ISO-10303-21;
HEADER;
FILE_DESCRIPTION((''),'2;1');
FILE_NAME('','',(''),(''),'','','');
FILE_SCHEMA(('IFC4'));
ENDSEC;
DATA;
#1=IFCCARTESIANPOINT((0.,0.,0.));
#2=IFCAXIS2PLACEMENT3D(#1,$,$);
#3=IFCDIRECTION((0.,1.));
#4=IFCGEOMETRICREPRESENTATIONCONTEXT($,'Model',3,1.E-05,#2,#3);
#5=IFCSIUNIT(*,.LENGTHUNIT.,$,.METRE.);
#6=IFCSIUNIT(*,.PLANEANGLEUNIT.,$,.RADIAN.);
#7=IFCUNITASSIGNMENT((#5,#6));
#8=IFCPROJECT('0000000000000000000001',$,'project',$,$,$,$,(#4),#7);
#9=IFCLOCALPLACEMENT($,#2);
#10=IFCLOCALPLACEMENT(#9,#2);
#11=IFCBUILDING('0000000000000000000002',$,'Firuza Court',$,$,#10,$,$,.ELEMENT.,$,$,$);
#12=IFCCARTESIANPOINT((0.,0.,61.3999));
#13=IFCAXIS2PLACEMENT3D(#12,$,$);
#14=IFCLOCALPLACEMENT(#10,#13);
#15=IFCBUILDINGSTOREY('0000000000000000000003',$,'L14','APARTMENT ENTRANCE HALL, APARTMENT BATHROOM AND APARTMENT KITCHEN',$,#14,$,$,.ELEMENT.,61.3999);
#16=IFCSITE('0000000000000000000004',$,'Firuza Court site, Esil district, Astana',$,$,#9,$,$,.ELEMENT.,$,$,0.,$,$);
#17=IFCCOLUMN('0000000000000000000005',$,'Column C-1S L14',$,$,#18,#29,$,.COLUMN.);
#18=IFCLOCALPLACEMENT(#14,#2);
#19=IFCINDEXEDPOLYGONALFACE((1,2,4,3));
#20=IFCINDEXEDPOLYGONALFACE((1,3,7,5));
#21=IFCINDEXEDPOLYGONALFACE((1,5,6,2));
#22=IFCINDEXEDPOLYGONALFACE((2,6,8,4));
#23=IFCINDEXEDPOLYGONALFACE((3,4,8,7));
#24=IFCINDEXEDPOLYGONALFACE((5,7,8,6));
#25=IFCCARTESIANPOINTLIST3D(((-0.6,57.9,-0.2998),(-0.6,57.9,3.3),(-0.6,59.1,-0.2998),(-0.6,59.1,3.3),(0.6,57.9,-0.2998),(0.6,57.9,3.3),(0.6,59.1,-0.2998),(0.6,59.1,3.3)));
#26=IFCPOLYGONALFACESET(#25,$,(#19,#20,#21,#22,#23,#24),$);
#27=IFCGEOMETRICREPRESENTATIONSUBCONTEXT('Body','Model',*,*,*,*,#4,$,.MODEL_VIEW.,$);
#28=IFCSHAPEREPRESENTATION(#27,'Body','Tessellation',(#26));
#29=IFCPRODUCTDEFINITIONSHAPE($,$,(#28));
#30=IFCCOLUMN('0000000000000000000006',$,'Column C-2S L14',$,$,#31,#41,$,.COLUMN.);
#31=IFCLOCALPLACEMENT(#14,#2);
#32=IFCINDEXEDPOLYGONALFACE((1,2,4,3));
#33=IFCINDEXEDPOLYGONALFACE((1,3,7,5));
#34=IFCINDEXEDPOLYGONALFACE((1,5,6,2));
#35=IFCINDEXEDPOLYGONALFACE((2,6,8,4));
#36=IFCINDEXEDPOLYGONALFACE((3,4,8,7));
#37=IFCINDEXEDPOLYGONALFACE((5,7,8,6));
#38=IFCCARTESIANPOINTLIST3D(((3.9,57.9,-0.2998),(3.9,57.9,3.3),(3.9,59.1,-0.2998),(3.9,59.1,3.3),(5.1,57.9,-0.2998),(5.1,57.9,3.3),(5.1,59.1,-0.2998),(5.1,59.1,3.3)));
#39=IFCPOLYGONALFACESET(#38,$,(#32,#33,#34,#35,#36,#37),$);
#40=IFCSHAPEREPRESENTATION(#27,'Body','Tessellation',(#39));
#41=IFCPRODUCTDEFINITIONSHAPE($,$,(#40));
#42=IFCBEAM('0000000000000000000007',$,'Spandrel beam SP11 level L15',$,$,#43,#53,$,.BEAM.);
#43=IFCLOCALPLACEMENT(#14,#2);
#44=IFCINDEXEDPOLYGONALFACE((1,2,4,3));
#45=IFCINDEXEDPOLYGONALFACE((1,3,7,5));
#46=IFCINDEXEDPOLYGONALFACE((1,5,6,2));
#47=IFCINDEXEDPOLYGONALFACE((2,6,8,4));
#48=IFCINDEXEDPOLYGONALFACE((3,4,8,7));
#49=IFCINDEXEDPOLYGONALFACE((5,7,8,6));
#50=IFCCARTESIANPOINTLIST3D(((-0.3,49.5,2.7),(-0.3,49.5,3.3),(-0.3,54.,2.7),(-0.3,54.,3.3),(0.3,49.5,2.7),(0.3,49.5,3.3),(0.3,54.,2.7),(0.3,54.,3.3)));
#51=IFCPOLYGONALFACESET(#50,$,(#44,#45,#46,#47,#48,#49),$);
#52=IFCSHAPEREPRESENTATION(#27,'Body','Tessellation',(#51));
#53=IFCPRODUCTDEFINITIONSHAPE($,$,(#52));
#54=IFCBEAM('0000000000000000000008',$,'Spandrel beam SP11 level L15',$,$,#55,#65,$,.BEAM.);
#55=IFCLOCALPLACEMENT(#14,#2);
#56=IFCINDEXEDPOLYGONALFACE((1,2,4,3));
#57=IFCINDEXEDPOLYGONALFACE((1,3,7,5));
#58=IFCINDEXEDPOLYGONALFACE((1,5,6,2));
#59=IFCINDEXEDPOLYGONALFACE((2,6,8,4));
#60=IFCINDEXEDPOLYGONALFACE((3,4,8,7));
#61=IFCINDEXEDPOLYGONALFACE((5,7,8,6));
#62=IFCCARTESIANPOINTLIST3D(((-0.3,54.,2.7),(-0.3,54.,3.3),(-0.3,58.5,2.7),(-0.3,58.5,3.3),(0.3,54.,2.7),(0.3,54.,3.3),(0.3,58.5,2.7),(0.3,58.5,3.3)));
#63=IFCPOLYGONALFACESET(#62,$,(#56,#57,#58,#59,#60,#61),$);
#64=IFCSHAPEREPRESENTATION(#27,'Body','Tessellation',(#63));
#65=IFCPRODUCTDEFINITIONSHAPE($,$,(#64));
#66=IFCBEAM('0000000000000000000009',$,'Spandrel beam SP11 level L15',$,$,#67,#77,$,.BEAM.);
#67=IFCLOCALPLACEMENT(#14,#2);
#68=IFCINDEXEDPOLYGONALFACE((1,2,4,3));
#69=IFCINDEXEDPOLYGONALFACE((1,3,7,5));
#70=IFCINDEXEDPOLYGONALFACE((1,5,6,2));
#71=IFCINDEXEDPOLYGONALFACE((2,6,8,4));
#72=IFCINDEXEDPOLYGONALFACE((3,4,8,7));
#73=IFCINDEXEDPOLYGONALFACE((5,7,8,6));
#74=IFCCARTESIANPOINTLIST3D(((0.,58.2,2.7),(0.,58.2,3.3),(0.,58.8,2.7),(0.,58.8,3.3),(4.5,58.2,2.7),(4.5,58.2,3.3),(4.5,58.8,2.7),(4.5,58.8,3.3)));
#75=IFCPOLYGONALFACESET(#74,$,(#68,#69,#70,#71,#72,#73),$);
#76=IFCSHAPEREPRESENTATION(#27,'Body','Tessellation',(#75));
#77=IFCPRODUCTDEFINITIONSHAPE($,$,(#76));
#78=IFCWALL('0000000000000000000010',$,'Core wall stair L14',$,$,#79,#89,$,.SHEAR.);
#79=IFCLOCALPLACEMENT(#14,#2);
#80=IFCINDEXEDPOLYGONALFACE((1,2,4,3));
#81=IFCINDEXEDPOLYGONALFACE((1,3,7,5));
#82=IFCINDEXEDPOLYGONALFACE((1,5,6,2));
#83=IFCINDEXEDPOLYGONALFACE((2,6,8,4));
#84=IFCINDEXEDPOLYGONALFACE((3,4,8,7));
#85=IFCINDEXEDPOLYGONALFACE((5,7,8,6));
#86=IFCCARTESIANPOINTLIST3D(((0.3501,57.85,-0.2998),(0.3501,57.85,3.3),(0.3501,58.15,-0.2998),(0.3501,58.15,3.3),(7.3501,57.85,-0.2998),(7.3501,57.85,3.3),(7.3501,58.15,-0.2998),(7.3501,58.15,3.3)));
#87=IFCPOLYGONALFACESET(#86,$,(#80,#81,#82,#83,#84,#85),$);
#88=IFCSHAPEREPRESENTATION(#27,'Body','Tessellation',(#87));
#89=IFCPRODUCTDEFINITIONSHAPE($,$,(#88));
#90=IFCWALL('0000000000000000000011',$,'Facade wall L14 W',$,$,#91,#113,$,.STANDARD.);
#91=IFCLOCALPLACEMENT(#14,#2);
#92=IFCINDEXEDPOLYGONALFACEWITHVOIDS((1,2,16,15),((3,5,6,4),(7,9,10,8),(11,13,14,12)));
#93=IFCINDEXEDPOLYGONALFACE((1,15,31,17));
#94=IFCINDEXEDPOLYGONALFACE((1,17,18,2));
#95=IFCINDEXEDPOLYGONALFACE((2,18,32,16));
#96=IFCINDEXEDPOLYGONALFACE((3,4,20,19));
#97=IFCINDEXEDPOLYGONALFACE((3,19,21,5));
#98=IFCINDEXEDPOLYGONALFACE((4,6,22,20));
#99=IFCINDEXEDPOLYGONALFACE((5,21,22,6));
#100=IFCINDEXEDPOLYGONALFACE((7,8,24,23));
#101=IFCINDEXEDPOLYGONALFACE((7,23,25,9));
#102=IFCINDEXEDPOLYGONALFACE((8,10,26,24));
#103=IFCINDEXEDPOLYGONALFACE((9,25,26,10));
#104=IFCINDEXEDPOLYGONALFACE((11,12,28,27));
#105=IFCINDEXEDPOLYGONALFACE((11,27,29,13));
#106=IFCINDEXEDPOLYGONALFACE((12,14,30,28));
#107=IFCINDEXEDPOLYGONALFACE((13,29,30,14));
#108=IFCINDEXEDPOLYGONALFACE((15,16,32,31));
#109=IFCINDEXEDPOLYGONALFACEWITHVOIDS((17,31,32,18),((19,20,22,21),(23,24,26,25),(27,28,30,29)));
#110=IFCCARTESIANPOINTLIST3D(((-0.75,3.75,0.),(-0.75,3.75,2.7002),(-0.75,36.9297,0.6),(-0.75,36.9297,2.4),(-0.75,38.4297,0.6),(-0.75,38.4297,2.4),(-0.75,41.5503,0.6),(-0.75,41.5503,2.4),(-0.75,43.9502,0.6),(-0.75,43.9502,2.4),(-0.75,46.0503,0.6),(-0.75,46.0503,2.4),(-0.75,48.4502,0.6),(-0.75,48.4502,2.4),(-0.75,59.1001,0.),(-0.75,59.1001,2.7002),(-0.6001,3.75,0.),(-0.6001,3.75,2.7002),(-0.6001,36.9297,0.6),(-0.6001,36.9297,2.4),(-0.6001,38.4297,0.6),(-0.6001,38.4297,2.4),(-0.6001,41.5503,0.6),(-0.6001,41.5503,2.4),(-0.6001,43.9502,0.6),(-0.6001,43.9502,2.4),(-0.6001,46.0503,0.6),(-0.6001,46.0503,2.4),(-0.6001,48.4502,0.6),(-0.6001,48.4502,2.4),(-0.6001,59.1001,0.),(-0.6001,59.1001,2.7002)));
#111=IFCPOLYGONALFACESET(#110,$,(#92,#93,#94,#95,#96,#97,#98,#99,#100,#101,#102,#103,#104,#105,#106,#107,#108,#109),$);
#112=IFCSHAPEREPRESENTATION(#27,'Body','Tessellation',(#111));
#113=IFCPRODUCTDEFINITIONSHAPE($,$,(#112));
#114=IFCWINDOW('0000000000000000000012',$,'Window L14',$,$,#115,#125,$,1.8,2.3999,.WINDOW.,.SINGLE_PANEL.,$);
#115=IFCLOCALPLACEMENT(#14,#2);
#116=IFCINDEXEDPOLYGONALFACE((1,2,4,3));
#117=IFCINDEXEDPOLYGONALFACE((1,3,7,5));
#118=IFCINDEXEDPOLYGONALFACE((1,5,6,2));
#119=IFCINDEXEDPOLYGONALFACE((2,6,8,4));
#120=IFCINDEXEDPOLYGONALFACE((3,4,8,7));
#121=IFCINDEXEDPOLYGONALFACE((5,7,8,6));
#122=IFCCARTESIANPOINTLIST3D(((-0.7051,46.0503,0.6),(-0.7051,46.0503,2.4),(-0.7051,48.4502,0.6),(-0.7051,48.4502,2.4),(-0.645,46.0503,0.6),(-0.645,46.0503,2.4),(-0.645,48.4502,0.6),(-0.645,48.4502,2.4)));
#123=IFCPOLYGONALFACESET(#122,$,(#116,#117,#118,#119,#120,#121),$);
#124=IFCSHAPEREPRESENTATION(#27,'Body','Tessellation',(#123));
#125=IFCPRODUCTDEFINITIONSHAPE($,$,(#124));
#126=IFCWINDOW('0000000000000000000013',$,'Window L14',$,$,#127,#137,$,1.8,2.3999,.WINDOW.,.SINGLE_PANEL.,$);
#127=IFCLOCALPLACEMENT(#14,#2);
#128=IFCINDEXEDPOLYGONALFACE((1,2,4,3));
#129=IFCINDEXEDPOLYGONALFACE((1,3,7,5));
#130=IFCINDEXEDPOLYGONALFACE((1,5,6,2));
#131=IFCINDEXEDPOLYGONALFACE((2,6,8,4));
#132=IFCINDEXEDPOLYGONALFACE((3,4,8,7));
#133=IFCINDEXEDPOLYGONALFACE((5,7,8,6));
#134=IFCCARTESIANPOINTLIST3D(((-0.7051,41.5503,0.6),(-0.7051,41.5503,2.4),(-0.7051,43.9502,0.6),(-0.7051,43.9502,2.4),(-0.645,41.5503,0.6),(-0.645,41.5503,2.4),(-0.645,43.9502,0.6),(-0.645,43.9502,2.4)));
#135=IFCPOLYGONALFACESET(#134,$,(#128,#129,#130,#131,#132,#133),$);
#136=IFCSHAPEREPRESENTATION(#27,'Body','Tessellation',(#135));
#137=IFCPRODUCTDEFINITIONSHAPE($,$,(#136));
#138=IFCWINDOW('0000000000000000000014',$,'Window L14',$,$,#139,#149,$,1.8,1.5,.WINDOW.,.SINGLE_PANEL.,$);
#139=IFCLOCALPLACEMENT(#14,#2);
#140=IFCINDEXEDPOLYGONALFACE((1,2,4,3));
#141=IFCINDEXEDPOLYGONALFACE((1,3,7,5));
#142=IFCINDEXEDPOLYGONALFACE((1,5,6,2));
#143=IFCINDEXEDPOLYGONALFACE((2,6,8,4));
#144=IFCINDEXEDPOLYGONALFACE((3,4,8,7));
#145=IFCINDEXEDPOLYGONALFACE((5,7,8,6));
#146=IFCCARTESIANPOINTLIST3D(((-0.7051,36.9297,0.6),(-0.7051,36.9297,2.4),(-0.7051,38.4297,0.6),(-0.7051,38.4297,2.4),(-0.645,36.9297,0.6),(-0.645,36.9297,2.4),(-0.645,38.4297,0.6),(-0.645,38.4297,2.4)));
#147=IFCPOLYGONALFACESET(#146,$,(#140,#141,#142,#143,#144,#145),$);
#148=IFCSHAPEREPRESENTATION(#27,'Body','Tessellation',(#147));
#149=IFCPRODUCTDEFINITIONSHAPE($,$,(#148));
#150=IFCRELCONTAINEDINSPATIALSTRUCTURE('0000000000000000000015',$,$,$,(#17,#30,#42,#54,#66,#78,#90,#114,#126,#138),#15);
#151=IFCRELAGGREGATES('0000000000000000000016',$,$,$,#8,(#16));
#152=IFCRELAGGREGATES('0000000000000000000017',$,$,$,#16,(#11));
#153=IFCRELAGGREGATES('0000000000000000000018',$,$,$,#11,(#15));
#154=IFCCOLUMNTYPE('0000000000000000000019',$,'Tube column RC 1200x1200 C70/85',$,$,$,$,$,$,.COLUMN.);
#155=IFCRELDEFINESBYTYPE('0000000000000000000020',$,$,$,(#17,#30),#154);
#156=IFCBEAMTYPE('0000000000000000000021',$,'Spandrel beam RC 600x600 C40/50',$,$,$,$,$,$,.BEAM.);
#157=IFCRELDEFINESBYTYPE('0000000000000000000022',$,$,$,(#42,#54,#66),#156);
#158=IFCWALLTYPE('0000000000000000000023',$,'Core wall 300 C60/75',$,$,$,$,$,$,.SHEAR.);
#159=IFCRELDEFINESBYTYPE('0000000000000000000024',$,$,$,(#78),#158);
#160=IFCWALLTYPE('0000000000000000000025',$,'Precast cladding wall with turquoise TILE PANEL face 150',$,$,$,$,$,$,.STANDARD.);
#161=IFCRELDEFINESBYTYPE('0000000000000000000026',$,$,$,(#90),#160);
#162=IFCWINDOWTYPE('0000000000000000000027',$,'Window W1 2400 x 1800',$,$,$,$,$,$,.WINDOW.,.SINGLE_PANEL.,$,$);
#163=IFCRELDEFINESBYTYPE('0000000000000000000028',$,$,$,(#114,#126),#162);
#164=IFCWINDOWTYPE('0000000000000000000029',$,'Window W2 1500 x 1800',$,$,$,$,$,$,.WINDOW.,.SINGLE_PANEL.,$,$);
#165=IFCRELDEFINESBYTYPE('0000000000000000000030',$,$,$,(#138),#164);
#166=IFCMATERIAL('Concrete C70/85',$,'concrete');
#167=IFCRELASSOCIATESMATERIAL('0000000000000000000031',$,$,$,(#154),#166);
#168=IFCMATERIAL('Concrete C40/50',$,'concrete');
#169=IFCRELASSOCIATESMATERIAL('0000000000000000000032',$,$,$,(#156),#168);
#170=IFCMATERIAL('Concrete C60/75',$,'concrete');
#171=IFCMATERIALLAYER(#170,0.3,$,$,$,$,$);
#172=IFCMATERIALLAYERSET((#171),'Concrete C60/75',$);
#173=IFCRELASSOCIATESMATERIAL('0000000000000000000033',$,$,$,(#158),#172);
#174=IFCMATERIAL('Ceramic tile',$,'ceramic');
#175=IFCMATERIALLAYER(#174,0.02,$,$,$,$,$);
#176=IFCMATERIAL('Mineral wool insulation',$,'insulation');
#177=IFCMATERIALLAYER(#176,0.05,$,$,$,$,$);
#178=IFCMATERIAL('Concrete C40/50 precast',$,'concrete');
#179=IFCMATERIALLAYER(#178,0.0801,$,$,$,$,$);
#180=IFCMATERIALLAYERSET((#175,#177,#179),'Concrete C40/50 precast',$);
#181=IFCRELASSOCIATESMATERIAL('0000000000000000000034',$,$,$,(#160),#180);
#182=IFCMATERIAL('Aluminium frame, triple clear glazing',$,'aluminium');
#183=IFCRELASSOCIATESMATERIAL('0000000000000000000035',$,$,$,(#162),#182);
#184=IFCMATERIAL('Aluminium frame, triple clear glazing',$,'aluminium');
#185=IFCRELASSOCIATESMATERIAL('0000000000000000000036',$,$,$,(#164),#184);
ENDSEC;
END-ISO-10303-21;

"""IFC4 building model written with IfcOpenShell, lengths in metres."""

from ifc_helpers import new_model, si_unit, direction, frame, frame_2d, origin, origin_2d, place, context, subcontext, project, spatial, rectangle, extrude, material, layer, layer_set, material_profile, profile_set, type_object, element, fill, save


model = new_model("IFC4")

# Units and contexts
model_context = context("Model", 3, precision=1e-05, world=origin(), true_north=direction((0.0, 1.0)))
body_context = subcontext(model_context, "Body", "Model", "MODEL_VIEW")
ifc_project = project(units=[si_unit("LENGTHUNIT", "METRE"), si_unit("PLANEANGLEUNIT", "RADIAN")], contexts=[model_context])

# Site, building, storey
site_placement = place(None, origin())
site = spatial("IfcSite", under=ifc_project, at=site_placement, Name="Firuza Court site, Esil district, Astana", CompositionType="ELEMENT", RefElevation=0.0)
building_placement = place(site_placement, origin())
building = spatial("IfcBuilding", under=site, at=building_placement, Name="Firuza Court", CompositionType="ELEMENT")
storey_placement = place(building_placement, frame((0.0, 0.0, 61.3999)))
storey = spatial("IfcBuildingStorey", under=building, at=storey_placement, Name="L14", Description="APARTMENT ENTRANCE HALL, APARTMENT BATHROOM AND APARTMENT KITCHEN", CompositionType="ELEMENT", Elevation=61.3999)

# Columns
ifc_material_1 = material(Name="Concrete C70/85", Category="concrete")
ifc_material_profile_1 = material_profile(ifc_material_1, rectangle(XDim=1.2, YDim=1.2, at=origin_2d()), Name="RC 1200x1200")
ifc_profile_set_1 = profile_set([ifc_material_profile_1], Name="Concrete C70/85")
column_type = type_object("IfcColumnType", Name="Tube column RC 1200x1200 C70/85", PredefinedType="COLUMN", material=ifc_profile_set_1)
for number, where, z_axis, x_axis, name in (
    (1, (0.0, 58.5, -0.2998), (0.0, 0.0, 1.0), (1.0, 0.0, 0.0), "Column C-1S L14"),
    (2, (4.5, 58.5, -0.2998), (0.0, 0.0, 1.0), (1.0, 0.0, 0.0), "Column C-2S L14"),
):
    element("IfcColumn", number, at=place(storey_placement, frame(where, z_axis=z_axis, x_axis=x_axis)), inside=storey, type_object=column_type, Name=name, PredefinedType="COLUMN", context=body_context, shape_type="SweptSolid", body=[
        extrude(rectangle(XDim=1.2, YDim=1.2, at=origin_2d()), origin(), (0.0, 0.0, 1.0), 3.5999),
    ])

# Beams
ifc_material_2 = material(Name="Concrete C40/50", Category="concrete")
ifc_material_profile_2 = material_profile(ifc_material_2, rectangle(XDim=0.6001, YDim=0.6001, at=origin_2d()), Name="RC 600x600")
ifc_profile_set_2 = profile_set([ifc_material_profile_2], Name="Concrete C40/50")
beam_type = type_object("IfcBeamType", Name="Spandrel beam RC 600x600 C40/50", PredefinedType="BEAM", material=ifc_profile_set_2)
for number, where, z_axis, x_axis, name in (
    (3, (0.0, 54.0, 3.0), (0.0, -1.0, 0.0), (1.0, 0.0, 0.0), "Spandrel beam SP11 level L15"),
    (4, (0.0, 58.5, 3.0), (0.0, -1.0, 0.0), (1.0, 0.0, 0.0), "Spandrel beam SP11 level L15"),
    (5, (4.5, 58.5, 3.0), (-1.0, 0.0, 0.0), (0.0, -1.0, 0.0), "Spandrel beam SP11 level L15"),
):
    element("IfcBeam", number, at=place(storey_placement, frame(where, z_axis=z_axis, x_axis=x_axis)), inside=storey, type_object=beam_type, Name=name, PredefinedType="BEAM", context=body_context, shape_type="SweptSolid", body=[
        extrude(rectangle(XDim=0.6001, YDim=0.6001, at=origin_2d()), origin(), (0.0, 0.0, 1.0), 4.5),
    ])

# Wall
ifc_material_3 = material(Name="Concrete C60/75", Category="concrete")
ifc_layer_1 = layer(ifc_material_3, 0.3)
ifc_layer_set_1 = layer_set([ifc_layer_1], Name="Concrete C60/75")
wall_type_1 = type_object("IfcWallType", Name="Core wall 300 C60/75", PredefinedType="SHEAR", material=ifc_layer_set_1)
wall_1_placement = place(storey_placement, frame((0.3501, 58.0, -0.2998), z_axis=(0.0, 0.0, 1.0), x_axis=(1.0, 0.0, 0.0)))
element("IfcWall", 6, at=wall_1_placement, inside=storey, type_object=wall_type_1, Name="Core wall stair L14", PredefinedType="SHEAR", context=body_context, shape_type="SweptSolid", body=[
    extrude(rectangle(XDim=7.0, YDim=0.3, at=frame_2d((3.5, 0.0))), origin(), (0.0, 0.0, 1.0), 3.5999),
])

# Wall, openings, windows
ifc_material_4 = material(Name="Ceramic tile", Category="ceramic")
ifc_layer_2 = layer(ifc_material_4, 0.02)
ifc_material_5 = material(Name="Mineral wool insulation", Category="insulation")
ifc_layer_3 = layer(ifc_material_5, 0.05)
ifc_material_6 = material(Name="Concrete C40/50 precast", Category="concrete")
ifc_layer_4 = layer(ifc_material_6, 0.0801)
ifc_layer_set_2 = layer_set([ifc_layer_2, ifc_layer_3, ifc_layer_4], Name="Concrete C40/50 precast")
wall_type_2 = type_object("IfcWallType", Name="Precast cladding wall with turquoise TILE PANEL face 150", PredefinedType="STANDARD", material=ifc_layer_set_2)
wall_2_placement = place(storey_placement, frame((-0.675, 59.1001, 0.0), z_axis=(0.0, 0.0, 1.0), x_axis=(0.0, -1.0, 0.0)))
wall_2 = element("IfcWall", 7, at=wall_2_placement, inside=storey, type_object=wall_type_2, Name="Facade wall L14 W", PredefinedType="STANDARD", context=body_context, shape_type="SweptSolid", body=[
    extrude(rectangle(XDim=55.3501, YDim=0.1499, at=frame_2d((27.675, 0.0))), origin(), (0.0, 0.0, 1.0), 2.7002),
])
opening_1_placement = place(wall_2_placement, frame((10.6499, 0.0, 0.6001)))
opening_1 = element("IfcOpeningElement", 8, at=opening_1_placement, cuts=wall_2, PredefinedType="OPENING", context=body_context, shape_type="SweptSolid", body=[
    extrude(rectangle(XDim=2.3999, YDim=1.8, at=frame_2d((1.2, 0.8999))), frame((0.0, 0.0869, 0.0), z_axis=(0.0, -1.0, 0.0), x_axis=(1.0, 0.0, 0.0)), (0.0, 0.0, 1.0), 0.1738),
])
opening_2_placement = place(wall_2_placement, frame((15.1499, 0.0, 0.6001)))
opening_2 = element("IfcOpeningElement", 9, at=opening_2_placement, cuts=wall_2, PredefinedType="OPENING", context=body_context, shape_type="SweptSolid", body=[
    extrude(rectangle(XDim=2.3999, YDim=1.8, at=frame_2d((1.2, 0.8999))), frame((0.0, 0.0869, 0.0), z_axis=(0.0, -1.0, 0.0), x_axis=(1.0, 0.0, 0.0)), (0.0, 0.0, 1.0), 0.1738),
])
opening_3_placement = place(wall_2_placement, frame((20.6704, 0.0, 0.6001)))
opening_3 = element("IfcOpeningElement", 10, at=opening_3_placement, cuts=wall_2, PredefinedType="OPENING", context=body_context, shape_type="SweptSolid", body=[
    extrude(rectangle(XDim=1.5, YDim=1.8, at=frame_2d((0.75, 0.8999))), frame((0.0, 0.0869, 0.0), z_axis=(0.0, -1.0, 0.0), x_axis=(1.0, 0.0, 0.0)), (0.0, 0.0, 1.0), 0.1738),
])
ifc_material_7 = material(Name="Aluminium frame, triple clear glazing", Category="aluminium")
window_type_1 = type_object("IfcWindowType", Name="Window W1 2400 x 1800", PartitioningType="SINGLE_PANEL", PredefinedType="WINDOW", material=ifc_material_7)
window_1_placement = place(opening_1_placement, origin())
window_1 = element("IfcWindow", 11, at=window_1_placement, inside=storey, type_object=window_type_1, Name="Window L14", OverallHeight=1.8, OverallWidth=2.3999, PartitioningType="SINGLE_PANEL", PredefinedType="WINDOW", context=body_context, shape_type="SweptSolid", body=[
    extrude(rectangle(XDim=2.3999, YDim=1.8, at=frame_2d((1.2, 0.8999))), frame((0.0, 0.03, 0.0), z_axis=(0.0, -1.0, 0.0), x_axis=(1.0, 0.0, 0.0)), (0.0, 0.0, 1.0), 0.0601),
])
fill(opening_1, window_1)
window_2_placement = place(opening_2_placement, origin())
window_2 = element("IfcWindow", 12, at=window_2_placement, inside=storey, type_object=window_type_1, Name="Window L14", OverallHeight=1.8, OverallWidth=2.3999, PartitioningType="SINGLE_PANEL", PredefinedType="WINDOW", context=body_context, shape_type="SweptSolid", body=[
    extrude(rectangle(XDim=2.3999, YDim=1.8, at=frame_2d((1.2, 0.8999))), frame((0.0, 0.03, 0.0), z_axis=(0.0, -1.0, 0.0), x_axis=(1.0, 0.0, 0.0)), (0.0, 0.0, 1.0), 0.0601),
])
fill(opening_2, window_2)
ifc_material_8 = material(Name="Aluminium frame, triple clear glazing", Category="aluminium")
window_type_2 = type_object("IfcWindowType", Name="Window W2 1500 x 1800", PartitioningType="SINGLE_PANEL", PredefinedType="WINDOW", material=ifc_material_8)
window_3_placement = place(opening_3_placement, origin())
window_3 = element("IfcWindow", 13, at=window_3_placement, inside=storey, type_object=window_type_2, Name="Window L14", OverallHeight=1.8, OverallWidth=1.5, PartitioningType="SINGLE_PANEL", PredefinedType="WINDOW", context=body_context, shape_type="SweptSolid", body=[
    extrude(rectangle(XDim=1.5, YDim=1.8, at=frame_2d((0.75, 0.8999))), frame((0.0, 0.03, 0.0), z_axis=(0.0, -1.0, 0.0), x_axis=(1.0, 0.0, 0.0)), (0.0, 0.0, 1.0), 0.0601),
])
fill(opening_3, window_3)

save(model, "model.ifc")
